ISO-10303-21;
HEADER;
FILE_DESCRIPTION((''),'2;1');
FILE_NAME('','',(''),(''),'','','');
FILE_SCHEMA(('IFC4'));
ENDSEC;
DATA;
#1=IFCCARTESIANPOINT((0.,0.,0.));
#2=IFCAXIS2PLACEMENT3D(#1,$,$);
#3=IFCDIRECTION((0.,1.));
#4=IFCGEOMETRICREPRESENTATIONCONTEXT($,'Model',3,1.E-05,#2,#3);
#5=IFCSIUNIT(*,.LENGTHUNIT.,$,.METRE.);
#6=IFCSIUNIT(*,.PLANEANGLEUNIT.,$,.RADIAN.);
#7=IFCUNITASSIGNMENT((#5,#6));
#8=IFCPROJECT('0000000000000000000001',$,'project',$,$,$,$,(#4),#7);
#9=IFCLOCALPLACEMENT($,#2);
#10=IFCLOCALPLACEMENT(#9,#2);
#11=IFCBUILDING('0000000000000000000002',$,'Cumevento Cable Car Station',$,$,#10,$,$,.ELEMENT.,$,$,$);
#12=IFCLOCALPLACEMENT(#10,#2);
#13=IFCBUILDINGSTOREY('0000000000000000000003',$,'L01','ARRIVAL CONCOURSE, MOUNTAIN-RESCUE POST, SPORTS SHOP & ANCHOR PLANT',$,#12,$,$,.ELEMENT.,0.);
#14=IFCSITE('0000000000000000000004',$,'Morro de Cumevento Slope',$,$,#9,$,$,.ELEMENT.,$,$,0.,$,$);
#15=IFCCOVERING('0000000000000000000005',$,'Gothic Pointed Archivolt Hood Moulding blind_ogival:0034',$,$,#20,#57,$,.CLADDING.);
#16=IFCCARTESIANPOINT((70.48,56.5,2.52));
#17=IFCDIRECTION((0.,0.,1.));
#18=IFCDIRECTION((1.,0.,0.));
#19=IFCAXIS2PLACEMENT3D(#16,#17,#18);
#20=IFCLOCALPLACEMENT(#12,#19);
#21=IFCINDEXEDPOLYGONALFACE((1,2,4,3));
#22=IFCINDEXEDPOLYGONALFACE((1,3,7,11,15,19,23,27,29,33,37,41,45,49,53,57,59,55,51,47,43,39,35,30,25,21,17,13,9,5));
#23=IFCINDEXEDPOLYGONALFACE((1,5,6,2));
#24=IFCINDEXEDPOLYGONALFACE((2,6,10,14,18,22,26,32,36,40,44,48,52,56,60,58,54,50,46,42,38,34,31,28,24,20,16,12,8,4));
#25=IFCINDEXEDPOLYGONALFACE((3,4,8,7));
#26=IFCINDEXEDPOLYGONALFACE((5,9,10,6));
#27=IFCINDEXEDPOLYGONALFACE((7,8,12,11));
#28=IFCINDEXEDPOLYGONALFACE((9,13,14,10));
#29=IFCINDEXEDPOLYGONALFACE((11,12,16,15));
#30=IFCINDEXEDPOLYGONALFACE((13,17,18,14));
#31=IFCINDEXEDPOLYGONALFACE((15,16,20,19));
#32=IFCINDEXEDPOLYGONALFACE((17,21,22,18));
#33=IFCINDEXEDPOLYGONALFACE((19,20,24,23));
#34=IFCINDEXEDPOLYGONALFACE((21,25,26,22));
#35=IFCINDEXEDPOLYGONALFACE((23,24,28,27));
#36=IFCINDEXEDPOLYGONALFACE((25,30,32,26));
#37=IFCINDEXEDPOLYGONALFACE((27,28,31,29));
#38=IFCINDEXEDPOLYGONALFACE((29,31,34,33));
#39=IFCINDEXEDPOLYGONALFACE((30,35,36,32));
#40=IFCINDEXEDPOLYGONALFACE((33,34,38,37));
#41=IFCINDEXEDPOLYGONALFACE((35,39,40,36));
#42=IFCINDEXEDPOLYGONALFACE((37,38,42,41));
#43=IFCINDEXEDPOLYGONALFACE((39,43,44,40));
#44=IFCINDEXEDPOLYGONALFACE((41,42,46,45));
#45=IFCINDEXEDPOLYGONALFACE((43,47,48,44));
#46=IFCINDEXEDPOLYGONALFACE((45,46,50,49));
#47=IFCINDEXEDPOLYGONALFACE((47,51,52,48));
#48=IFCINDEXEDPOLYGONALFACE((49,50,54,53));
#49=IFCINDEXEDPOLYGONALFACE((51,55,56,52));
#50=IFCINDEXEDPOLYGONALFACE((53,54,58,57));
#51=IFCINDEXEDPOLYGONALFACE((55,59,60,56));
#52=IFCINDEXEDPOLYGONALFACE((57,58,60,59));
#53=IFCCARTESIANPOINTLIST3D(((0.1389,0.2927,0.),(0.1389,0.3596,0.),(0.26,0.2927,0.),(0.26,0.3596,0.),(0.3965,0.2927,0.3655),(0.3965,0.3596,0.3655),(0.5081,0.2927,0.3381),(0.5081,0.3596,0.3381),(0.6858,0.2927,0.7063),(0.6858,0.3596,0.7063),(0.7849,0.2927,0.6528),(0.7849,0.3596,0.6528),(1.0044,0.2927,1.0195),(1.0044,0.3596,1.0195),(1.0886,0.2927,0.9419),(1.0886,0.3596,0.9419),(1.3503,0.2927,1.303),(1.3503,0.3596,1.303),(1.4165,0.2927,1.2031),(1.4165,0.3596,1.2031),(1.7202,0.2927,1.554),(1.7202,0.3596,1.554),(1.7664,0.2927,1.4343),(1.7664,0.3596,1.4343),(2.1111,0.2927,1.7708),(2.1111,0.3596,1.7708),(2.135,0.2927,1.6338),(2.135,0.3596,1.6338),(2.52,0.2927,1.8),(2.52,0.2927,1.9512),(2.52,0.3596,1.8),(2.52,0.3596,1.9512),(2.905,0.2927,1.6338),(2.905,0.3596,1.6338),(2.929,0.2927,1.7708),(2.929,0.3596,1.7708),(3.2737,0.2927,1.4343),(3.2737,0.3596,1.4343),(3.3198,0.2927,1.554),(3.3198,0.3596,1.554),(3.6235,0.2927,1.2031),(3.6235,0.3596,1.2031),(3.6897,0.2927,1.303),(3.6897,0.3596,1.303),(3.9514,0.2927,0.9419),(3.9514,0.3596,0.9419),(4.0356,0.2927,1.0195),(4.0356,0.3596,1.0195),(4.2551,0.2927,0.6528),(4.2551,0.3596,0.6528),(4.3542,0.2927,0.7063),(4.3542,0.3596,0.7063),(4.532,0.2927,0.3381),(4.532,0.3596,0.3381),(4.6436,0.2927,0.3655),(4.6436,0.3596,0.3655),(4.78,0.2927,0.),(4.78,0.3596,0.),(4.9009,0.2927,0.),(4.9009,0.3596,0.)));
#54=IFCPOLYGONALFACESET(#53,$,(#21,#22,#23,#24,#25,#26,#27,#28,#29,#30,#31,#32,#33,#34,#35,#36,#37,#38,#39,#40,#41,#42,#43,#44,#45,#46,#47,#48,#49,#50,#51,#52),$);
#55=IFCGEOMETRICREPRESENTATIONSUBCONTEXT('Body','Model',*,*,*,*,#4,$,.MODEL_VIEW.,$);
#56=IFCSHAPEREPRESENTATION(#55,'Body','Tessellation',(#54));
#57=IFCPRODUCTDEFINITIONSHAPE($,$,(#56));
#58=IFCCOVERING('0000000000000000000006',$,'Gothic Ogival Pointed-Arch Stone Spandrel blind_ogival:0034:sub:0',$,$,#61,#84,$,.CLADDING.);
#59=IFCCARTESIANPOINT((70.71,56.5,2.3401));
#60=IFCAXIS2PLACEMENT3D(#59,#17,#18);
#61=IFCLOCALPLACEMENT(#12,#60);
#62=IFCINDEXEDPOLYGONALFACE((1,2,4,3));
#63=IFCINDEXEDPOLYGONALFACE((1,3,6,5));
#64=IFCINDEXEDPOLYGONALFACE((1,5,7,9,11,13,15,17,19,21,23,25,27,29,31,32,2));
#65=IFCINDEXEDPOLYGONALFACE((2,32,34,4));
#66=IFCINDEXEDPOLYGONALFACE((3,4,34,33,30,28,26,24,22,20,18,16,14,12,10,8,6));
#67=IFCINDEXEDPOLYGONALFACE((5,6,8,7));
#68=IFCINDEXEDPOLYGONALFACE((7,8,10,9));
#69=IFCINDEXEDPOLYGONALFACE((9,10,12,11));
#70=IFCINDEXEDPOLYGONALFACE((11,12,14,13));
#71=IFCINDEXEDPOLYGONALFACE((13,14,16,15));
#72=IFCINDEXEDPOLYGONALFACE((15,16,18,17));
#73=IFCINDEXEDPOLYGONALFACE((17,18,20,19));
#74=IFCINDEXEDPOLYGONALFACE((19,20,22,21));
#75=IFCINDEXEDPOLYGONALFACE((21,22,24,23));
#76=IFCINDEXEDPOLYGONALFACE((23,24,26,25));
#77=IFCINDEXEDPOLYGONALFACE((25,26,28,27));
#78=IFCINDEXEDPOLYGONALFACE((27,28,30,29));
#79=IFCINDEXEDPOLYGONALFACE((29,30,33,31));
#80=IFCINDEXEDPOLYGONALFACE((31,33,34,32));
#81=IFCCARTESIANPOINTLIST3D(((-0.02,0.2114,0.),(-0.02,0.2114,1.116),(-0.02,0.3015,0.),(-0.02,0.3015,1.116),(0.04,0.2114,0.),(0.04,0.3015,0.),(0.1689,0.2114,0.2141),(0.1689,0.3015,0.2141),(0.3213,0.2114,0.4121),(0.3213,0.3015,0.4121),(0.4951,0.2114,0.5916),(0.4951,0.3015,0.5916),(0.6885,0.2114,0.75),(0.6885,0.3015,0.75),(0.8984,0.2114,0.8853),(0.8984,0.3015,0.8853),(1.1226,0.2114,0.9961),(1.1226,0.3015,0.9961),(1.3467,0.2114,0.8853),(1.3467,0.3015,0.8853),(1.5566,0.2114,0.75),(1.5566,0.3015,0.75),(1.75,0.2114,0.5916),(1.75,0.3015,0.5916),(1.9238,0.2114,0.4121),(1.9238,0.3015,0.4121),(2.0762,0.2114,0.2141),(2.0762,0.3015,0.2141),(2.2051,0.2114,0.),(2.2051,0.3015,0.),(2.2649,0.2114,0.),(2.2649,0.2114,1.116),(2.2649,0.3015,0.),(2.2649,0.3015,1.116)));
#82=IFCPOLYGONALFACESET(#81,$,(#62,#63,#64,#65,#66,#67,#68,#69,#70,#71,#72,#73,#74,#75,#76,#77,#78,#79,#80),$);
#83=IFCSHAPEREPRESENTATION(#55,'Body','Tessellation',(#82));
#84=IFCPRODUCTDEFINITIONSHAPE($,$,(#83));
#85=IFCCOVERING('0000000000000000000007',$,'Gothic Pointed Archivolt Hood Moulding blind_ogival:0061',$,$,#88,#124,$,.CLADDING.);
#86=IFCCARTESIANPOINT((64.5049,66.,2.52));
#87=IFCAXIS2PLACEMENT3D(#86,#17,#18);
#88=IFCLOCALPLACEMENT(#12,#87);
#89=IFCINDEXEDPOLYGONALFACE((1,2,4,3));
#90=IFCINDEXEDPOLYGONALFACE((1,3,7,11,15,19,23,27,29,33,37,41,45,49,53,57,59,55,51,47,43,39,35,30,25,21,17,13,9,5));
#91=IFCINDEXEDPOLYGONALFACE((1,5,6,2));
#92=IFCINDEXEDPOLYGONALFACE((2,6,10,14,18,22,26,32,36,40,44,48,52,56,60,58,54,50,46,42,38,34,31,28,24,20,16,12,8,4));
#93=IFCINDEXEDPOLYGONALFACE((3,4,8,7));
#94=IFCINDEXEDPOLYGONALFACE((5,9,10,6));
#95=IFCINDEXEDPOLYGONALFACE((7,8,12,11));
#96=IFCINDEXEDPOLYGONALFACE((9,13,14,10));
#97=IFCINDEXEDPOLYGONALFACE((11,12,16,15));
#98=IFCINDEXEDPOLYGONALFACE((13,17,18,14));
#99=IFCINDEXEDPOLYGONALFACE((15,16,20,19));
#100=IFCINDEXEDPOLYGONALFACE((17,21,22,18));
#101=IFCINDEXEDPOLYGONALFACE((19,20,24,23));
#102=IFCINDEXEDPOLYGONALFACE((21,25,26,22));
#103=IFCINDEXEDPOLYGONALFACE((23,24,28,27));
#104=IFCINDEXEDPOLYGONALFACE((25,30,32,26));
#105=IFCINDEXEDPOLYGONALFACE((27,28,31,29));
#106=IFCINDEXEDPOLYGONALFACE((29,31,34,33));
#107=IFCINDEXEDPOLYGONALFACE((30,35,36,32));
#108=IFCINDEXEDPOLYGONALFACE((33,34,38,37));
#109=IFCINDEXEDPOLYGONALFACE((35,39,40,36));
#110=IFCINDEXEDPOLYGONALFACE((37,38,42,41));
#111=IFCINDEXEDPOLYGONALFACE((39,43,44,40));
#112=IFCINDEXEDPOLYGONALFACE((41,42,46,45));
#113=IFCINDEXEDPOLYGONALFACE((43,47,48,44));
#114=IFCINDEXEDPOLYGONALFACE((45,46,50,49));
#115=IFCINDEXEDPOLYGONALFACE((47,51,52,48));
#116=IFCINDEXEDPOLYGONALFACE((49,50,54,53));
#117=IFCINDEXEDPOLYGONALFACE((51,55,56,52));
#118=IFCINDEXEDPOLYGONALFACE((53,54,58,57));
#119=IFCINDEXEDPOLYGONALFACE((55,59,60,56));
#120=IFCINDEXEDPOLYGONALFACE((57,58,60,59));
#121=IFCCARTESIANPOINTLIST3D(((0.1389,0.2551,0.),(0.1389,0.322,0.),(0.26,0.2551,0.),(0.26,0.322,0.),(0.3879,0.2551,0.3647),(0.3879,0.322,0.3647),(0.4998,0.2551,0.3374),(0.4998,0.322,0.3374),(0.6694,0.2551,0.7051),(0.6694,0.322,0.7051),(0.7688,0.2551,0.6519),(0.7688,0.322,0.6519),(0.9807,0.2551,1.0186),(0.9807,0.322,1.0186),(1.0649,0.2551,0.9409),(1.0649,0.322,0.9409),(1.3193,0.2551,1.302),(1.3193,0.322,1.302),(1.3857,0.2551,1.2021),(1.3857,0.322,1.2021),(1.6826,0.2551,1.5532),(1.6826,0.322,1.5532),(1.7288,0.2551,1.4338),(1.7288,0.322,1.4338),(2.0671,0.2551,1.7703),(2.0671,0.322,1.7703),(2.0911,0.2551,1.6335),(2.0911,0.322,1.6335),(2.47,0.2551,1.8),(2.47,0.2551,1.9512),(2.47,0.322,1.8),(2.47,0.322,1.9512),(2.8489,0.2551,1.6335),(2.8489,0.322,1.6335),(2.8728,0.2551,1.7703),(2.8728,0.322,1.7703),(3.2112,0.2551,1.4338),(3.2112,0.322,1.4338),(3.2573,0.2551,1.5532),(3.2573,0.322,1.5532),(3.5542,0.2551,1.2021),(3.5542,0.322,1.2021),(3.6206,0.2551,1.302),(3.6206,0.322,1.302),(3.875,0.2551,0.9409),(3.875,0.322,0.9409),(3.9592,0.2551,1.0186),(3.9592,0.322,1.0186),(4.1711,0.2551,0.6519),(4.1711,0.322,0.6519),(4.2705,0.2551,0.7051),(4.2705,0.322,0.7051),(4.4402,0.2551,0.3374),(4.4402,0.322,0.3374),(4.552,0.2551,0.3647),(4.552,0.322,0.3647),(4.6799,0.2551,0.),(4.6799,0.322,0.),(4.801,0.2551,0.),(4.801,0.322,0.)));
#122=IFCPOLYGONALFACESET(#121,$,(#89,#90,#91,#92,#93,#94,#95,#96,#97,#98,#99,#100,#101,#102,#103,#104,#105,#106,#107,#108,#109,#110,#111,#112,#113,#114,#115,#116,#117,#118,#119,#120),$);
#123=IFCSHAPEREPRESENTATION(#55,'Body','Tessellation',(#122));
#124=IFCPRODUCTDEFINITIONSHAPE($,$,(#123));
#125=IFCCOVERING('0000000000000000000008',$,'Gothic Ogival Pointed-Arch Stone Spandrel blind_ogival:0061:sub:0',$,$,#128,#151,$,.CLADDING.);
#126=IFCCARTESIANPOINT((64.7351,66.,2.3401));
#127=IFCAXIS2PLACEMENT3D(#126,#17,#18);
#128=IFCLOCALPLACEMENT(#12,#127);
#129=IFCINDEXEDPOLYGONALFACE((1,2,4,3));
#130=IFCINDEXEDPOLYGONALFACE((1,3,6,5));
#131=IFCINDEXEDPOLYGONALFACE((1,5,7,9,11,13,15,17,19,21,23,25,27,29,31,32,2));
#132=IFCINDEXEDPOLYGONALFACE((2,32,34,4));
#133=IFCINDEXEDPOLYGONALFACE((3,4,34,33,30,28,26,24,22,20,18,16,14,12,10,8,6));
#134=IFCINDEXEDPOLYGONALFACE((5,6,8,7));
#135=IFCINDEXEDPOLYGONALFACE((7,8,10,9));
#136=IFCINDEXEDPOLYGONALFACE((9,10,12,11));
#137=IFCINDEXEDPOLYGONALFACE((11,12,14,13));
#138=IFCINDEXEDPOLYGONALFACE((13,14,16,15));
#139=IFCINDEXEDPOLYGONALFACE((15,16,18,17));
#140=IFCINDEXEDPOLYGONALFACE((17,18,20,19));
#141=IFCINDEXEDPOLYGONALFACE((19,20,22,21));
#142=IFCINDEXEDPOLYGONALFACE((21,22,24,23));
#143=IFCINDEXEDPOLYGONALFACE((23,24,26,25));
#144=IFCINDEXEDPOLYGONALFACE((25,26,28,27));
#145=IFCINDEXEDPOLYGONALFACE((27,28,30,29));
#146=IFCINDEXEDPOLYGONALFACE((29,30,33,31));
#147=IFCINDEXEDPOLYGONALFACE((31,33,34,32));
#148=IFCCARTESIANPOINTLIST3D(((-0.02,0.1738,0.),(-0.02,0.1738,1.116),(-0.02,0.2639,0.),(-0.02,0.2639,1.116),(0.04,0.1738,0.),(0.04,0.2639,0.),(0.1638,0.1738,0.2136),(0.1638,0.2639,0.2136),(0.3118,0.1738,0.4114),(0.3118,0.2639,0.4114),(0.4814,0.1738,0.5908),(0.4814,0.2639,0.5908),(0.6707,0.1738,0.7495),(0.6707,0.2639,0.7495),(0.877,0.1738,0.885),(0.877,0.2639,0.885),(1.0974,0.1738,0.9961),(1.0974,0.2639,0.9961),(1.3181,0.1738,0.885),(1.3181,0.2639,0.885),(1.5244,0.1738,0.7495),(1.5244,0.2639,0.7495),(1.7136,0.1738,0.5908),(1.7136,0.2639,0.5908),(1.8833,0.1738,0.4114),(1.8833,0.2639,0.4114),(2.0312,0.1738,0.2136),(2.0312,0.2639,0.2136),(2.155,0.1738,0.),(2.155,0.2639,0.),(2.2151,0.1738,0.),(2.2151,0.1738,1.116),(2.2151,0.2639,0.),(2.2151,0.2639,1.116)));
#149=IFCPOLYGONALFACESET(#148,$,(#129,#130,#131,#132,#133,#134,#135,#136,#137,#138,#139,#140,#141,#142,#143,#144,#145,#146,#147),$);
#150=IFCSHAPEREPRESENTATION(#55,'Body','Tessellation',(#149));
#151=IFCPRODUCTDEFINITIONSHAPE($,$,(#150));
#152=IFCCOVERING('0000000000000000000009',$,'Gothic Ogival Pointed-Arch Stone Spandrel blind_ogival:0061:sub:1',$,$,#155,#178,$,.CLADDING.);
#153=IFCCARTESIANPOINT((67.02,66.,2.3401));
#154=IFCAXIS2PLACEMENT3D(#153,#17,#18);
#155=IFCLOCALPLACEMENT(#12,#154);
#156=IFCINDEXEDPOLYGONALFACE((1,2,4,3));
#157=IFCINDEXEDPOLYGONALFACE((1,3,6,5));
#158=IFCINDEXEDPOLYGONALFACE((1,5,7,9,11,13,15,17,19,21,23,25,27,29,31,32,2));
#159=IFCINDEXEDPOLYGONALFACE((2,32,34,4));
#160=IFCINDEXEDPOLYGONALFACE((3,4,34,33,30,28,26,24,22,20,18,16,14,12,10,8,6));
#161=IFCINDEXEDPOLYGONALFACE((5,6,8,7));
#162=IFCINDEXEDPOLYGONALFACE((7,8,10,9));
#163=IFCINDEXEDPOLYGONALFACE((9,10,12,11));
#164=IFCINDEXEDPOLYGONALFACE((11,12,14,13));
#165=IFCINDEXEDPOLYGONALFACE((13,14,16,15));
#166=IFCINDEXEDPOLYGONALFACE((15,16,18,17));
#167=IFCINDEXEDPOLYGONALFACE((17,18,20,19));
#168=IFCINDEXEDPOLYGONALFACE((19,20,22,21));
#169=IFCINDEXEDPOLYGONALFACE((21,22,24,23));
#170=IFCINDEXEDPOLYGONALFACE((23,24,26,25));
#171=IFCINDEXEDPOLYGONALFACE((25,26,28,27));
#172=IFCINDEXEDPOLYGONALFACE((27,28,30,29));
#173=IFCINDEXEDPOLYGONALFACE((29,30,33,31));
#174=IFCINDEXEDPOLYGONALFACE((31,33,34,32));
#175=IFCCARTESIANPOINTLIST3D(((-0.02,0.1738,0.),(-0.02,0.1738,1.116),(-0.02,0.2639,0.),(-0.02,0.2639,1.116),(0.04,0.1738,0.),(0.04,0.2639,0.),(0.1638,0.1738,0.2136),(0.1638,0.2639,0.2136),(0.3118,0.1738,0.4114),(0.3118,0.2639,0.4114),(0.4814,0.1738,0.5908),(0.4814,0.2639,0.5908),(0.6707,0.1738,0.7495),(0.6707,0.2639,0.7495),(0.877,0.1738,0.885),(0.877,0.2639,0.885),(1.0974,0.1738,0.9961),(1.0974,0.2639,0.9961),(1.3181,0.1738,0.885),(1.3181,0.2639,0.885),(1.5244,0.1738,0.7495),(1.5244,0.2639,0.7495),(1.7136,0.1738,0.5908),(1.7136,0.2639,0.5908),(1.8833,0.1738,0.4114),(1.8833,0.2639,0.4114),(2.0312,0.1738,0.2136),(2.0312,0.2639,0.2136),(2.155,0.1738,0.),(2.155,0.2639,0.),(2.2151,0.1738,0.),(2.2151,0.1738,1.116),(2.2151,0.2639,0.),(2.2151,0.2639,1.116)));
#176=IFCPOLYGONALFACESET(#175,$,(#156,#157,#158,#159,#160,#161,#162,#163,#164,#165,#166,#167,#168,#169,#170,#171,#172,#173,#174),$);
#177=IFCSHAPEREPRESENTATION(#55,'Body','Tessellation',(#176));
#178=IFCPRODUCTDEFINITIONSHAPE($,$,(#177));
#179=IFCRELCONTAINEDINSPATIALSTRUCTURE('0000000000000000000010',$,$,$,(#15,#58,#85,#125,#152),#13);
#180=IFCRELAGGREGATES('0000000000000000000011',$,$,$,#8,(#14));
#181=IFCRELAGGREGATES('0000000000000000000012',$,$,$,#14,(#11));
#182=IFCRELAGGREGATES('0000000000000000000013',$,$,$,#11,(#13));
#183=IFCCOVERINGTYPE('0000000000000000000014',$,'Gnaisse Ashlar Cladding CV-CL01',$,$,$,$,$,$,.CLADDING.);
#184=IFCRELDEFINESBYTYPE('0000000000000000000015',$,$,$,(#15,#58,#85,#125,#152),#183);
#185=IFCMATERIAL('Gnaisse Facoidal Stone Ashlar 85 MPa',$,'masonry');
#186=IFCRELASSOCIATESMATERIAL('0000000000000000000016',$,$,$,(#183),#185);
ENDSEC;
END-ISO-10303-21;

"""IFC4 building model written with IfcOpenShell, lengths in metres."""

from ifc_helpers import new_model, si_unit, direction, frame, origin, place, context, subcontext, project, spatial, polyline, outline, extrude, material, type_object, element, save


model = new_model("IFC4")

# Units and contexts
model_context = context("Model", 3, precision=1e-05, world=origin(), true_north=direction((0.0, 1.0)))
body_context = subcontext(model_context, "Body", "Model", "MODEL_VIEW")
ifc_project = project(units=[si_unit("LENGTHUNIT", "METRE"), si_unit("PLANEANGLEUNIT", "RADIAN")], contexts=[model_context])

# Site, building, storey
site_placement = place(None, origin())
site = spatial("IfcSite", under=ifc_project, at=site_placement, Name="Morro de Cumevento Slope", CompositionType="ELEMENT", RefElevation=0.0)
building_placement = place(site_placement, origin())
building = spatial("IfcBuilding", under=site, at=building_placement, Name="Cumevento Cable Car Station", CompositionType="ELEMENT")
storey_placement = place(building_placement, origin())
storey = spatial("IfcBuildingStorey", under=building, at=storey_placement, Name="L01", Description="ARRIVAL CONCOURSE, MOUNTAIN-RESCUE POST, SPORTS SHOP & ANCHOR PLANT", CompositionType="ELEMENT", Elevation=0.0)

# Coverings
ifc_material_1 = material(Name="Gnaisse Facoidal Stone Ashlar 85 MPa", Category="masonry")
covering_type = type_object("IfcCoveringType", Name="Gnaisse Ashlar Cladding CV-CL01", PredefinedType="CLADDING", material=ifc_material_1)
covering_1_placement = place(storey_placement, frame((70.48, 56.5, 2.52), z_axis=(0.0, 0.0, 1.0), x_axis=(1.0, 0.0, 0.0)))
element("IfcCovering", 1, at=covering_1_placement, inside=storey, type_object=covering_type, Name="Gothic Pointed Archivolt Hood Moulding blind_ogival:0034", PredefinedType="CLADDING", context=body_context, shape_type="SweptSolid", body=[
    extrude(outline(polyline([(0.26, 0.0), (0.5081, 0.3381), (0.7849, 0.6528), (1.0886, 0.9419), (1.4165, 1.2031), (1.7664, 1.4343), (2.135, 1.6338), (2.52, 1.8), (2.905, 1.6338), (3.2737, 1.4343), (3.6235, 1.2031), (3.9514, 0.9419), (4.2551, 0.6528), (4.532, 0.3381), (4.78, 0.0), (4.9009, 0.0), (4.6436, 0.3655), (4.3542, 0.7063), (4.0356, 1.0195), (3.6897, 1.303), (3.3198, 1.554), (2.929, 1.7708), (2.52, 1.9512), (2.1111, 1.7708), (1.7202, 1.554), (1.3503, 1.303), (1.0044, 1.0195), (0.6858, 0.7063), (0.3965, 0.3655), (0.1389, 0.0), (0.26, 0.0)])), frame((0.0, 0.3596, 0.0), z_axis=(0.0, -1.0, 0.0), x_axis=(1.0, 0.0, 0.0)), (0.0, 0.0, 1.0), 0.0669),
])
covering_2_placement = place(storey_placement, frame((70.71, 56.5, 2.3401), z_axis=(0.0, 0.0, 1.0), x_axis=(1.0, 0.0, 0.0)))
element("IfcCovering", 2, at=covering_2_placement, inside=storey, type_object=covering_type, Name="Gothic Ogival Pointed-Arch Stone Spandrel blind_ogival:0034:sub:0", PredefinedType="CLADDING", context=body_context, shape_type="SweptSolid", body=[
    extrude(outline(polyline([(-0.02, 0.0), (-0.02, 1.116), (2.2649, 1.116), (2.2649, 0.0), (2.2051, 0.0), (2.0762, 0.2141), (1.9238, 0.4121), (1.75, 0.5916), (1.5566, 0.75), (1.3467, 0.8853), (1.1226, 0.9961), (0.8984, 0.8853), (0.6885, 0.75), (0.4951, 0.5916), (0.3213, 0.4121), (0.1689, 0.2141), (0.04, 0.0), (-0.02, 0.0)])), frame((0.0, 0.3015, 0.0), z_axis=(0.0, -1.0, 0.0), x_axis=(1.0, 0.0, 0.0)), (0.0, 0.0, 1.0), 0.0901),
])
covering_3_placement = place(storey_placement, frame((64.5049, 66.0, 2.52), z_axis=(0.0, 0.0, 1.0), x_axis=(1.0, 0.0, 0.0)))
element("IfcCovering", 3, at=covering_3_placement, inside=storey, type_object=covering_type, Name="Gothic Pointed Archivolt Hood Moulding blind_ogival:0061", PredefinedType="CLADDING", context=body_context, shape_type="SweptSolid", body=[
    extrude(outline(polyline([(0.26, 0.0), (0.4998, 0.3374), (0.7688, 0.6519), (1.0649, 0.9409), (1.3857, 1.2021), (1.7288, 1.4338), (2.0911, 1.6335), (2.47, 1.8), (2.8489, 1.6335), (3.2112, 1.4338), (3.5542, 1.2021), (3.875, 0.9409), (4.1711, 0.6519), (4.4402, 0.3374), (4.6799, 0.0), (4.801, 0.0), (4.552, 0.3647), (4.2705, 0.7051), (3.9592, 1.0186), (3.6206, 1.302), (3.2573, 1.5532), (2.8728, 1.7703), (2.47, 1.9512), (2.0671, 1.7703), (1.6826, 1.5532), (1.3193, 1.302), (0.9807, 1.0186), (0.6694, 0.7051), (0.3879, 0.3647), (0.1389, 0.0), (0.26, 0.0)])), frame((0.0, 0.322, 0.0), z_axis=(0.0, -1.0, 0.0), x_axis=(1.0, 0.0, 0.0)), (0.0, 0.0, 1.0), 0.0669),
])
for number, where, z_axis, x_axis, name in (
    (4, (64.7351, 66.0, 2.3401), (0.0, 0.0, 1.0), (1.0, 0.0, 0.0), "Gothic Ogival Pointed-Arch Stone Spandrel blind_ogival:0061:sub:0"),
    (5, (67.02, 66.0, 2.3401), (0.0, 0.0, 1.0), (1.0, 0.0, 0.0), "Gothic Ogival Pointed-Arch Stone Spandrel blind_ogival:0061:sub:1"),
):
    element("IfcCovering", number, at=place(storey_placement, frame(where, z_axis=z_axis, x_axis=x_axis)), inside=storey, type_object=covering_type, Name=name, PredefinedType="CLADDING", context=body_context, shape_type="SweptSolid", body=[
        extrude(outline(polyline([(-0.02, 0.0), (-0.02, 1.116), (2.2151, 1.116), (2.2151, 0.0), (2.155, 0.0), (2.0312, 0.2136), (1.8833, 0.4114), (1.7136, 0.5908), (1.5244, 0.7495), (1.3181, 0.885), (1.0974, 0.9961), (0.877, 0.885), (0.6707, 0.7495), (0.4814, 0.5908), (0.3118, 0.4114), (0.1638, 0.2136), (0.04, 0.0), (-0.02, 0.0)])), frame((0.0, 0.2639, 0.0), z_axis=(0.0, -1.0, 0.0), x_axis=(1.0, 0.0, 0.0)), (0.0, 0.0, 1.0), 0.0901),
    ])

save(model, "model.ifc")
